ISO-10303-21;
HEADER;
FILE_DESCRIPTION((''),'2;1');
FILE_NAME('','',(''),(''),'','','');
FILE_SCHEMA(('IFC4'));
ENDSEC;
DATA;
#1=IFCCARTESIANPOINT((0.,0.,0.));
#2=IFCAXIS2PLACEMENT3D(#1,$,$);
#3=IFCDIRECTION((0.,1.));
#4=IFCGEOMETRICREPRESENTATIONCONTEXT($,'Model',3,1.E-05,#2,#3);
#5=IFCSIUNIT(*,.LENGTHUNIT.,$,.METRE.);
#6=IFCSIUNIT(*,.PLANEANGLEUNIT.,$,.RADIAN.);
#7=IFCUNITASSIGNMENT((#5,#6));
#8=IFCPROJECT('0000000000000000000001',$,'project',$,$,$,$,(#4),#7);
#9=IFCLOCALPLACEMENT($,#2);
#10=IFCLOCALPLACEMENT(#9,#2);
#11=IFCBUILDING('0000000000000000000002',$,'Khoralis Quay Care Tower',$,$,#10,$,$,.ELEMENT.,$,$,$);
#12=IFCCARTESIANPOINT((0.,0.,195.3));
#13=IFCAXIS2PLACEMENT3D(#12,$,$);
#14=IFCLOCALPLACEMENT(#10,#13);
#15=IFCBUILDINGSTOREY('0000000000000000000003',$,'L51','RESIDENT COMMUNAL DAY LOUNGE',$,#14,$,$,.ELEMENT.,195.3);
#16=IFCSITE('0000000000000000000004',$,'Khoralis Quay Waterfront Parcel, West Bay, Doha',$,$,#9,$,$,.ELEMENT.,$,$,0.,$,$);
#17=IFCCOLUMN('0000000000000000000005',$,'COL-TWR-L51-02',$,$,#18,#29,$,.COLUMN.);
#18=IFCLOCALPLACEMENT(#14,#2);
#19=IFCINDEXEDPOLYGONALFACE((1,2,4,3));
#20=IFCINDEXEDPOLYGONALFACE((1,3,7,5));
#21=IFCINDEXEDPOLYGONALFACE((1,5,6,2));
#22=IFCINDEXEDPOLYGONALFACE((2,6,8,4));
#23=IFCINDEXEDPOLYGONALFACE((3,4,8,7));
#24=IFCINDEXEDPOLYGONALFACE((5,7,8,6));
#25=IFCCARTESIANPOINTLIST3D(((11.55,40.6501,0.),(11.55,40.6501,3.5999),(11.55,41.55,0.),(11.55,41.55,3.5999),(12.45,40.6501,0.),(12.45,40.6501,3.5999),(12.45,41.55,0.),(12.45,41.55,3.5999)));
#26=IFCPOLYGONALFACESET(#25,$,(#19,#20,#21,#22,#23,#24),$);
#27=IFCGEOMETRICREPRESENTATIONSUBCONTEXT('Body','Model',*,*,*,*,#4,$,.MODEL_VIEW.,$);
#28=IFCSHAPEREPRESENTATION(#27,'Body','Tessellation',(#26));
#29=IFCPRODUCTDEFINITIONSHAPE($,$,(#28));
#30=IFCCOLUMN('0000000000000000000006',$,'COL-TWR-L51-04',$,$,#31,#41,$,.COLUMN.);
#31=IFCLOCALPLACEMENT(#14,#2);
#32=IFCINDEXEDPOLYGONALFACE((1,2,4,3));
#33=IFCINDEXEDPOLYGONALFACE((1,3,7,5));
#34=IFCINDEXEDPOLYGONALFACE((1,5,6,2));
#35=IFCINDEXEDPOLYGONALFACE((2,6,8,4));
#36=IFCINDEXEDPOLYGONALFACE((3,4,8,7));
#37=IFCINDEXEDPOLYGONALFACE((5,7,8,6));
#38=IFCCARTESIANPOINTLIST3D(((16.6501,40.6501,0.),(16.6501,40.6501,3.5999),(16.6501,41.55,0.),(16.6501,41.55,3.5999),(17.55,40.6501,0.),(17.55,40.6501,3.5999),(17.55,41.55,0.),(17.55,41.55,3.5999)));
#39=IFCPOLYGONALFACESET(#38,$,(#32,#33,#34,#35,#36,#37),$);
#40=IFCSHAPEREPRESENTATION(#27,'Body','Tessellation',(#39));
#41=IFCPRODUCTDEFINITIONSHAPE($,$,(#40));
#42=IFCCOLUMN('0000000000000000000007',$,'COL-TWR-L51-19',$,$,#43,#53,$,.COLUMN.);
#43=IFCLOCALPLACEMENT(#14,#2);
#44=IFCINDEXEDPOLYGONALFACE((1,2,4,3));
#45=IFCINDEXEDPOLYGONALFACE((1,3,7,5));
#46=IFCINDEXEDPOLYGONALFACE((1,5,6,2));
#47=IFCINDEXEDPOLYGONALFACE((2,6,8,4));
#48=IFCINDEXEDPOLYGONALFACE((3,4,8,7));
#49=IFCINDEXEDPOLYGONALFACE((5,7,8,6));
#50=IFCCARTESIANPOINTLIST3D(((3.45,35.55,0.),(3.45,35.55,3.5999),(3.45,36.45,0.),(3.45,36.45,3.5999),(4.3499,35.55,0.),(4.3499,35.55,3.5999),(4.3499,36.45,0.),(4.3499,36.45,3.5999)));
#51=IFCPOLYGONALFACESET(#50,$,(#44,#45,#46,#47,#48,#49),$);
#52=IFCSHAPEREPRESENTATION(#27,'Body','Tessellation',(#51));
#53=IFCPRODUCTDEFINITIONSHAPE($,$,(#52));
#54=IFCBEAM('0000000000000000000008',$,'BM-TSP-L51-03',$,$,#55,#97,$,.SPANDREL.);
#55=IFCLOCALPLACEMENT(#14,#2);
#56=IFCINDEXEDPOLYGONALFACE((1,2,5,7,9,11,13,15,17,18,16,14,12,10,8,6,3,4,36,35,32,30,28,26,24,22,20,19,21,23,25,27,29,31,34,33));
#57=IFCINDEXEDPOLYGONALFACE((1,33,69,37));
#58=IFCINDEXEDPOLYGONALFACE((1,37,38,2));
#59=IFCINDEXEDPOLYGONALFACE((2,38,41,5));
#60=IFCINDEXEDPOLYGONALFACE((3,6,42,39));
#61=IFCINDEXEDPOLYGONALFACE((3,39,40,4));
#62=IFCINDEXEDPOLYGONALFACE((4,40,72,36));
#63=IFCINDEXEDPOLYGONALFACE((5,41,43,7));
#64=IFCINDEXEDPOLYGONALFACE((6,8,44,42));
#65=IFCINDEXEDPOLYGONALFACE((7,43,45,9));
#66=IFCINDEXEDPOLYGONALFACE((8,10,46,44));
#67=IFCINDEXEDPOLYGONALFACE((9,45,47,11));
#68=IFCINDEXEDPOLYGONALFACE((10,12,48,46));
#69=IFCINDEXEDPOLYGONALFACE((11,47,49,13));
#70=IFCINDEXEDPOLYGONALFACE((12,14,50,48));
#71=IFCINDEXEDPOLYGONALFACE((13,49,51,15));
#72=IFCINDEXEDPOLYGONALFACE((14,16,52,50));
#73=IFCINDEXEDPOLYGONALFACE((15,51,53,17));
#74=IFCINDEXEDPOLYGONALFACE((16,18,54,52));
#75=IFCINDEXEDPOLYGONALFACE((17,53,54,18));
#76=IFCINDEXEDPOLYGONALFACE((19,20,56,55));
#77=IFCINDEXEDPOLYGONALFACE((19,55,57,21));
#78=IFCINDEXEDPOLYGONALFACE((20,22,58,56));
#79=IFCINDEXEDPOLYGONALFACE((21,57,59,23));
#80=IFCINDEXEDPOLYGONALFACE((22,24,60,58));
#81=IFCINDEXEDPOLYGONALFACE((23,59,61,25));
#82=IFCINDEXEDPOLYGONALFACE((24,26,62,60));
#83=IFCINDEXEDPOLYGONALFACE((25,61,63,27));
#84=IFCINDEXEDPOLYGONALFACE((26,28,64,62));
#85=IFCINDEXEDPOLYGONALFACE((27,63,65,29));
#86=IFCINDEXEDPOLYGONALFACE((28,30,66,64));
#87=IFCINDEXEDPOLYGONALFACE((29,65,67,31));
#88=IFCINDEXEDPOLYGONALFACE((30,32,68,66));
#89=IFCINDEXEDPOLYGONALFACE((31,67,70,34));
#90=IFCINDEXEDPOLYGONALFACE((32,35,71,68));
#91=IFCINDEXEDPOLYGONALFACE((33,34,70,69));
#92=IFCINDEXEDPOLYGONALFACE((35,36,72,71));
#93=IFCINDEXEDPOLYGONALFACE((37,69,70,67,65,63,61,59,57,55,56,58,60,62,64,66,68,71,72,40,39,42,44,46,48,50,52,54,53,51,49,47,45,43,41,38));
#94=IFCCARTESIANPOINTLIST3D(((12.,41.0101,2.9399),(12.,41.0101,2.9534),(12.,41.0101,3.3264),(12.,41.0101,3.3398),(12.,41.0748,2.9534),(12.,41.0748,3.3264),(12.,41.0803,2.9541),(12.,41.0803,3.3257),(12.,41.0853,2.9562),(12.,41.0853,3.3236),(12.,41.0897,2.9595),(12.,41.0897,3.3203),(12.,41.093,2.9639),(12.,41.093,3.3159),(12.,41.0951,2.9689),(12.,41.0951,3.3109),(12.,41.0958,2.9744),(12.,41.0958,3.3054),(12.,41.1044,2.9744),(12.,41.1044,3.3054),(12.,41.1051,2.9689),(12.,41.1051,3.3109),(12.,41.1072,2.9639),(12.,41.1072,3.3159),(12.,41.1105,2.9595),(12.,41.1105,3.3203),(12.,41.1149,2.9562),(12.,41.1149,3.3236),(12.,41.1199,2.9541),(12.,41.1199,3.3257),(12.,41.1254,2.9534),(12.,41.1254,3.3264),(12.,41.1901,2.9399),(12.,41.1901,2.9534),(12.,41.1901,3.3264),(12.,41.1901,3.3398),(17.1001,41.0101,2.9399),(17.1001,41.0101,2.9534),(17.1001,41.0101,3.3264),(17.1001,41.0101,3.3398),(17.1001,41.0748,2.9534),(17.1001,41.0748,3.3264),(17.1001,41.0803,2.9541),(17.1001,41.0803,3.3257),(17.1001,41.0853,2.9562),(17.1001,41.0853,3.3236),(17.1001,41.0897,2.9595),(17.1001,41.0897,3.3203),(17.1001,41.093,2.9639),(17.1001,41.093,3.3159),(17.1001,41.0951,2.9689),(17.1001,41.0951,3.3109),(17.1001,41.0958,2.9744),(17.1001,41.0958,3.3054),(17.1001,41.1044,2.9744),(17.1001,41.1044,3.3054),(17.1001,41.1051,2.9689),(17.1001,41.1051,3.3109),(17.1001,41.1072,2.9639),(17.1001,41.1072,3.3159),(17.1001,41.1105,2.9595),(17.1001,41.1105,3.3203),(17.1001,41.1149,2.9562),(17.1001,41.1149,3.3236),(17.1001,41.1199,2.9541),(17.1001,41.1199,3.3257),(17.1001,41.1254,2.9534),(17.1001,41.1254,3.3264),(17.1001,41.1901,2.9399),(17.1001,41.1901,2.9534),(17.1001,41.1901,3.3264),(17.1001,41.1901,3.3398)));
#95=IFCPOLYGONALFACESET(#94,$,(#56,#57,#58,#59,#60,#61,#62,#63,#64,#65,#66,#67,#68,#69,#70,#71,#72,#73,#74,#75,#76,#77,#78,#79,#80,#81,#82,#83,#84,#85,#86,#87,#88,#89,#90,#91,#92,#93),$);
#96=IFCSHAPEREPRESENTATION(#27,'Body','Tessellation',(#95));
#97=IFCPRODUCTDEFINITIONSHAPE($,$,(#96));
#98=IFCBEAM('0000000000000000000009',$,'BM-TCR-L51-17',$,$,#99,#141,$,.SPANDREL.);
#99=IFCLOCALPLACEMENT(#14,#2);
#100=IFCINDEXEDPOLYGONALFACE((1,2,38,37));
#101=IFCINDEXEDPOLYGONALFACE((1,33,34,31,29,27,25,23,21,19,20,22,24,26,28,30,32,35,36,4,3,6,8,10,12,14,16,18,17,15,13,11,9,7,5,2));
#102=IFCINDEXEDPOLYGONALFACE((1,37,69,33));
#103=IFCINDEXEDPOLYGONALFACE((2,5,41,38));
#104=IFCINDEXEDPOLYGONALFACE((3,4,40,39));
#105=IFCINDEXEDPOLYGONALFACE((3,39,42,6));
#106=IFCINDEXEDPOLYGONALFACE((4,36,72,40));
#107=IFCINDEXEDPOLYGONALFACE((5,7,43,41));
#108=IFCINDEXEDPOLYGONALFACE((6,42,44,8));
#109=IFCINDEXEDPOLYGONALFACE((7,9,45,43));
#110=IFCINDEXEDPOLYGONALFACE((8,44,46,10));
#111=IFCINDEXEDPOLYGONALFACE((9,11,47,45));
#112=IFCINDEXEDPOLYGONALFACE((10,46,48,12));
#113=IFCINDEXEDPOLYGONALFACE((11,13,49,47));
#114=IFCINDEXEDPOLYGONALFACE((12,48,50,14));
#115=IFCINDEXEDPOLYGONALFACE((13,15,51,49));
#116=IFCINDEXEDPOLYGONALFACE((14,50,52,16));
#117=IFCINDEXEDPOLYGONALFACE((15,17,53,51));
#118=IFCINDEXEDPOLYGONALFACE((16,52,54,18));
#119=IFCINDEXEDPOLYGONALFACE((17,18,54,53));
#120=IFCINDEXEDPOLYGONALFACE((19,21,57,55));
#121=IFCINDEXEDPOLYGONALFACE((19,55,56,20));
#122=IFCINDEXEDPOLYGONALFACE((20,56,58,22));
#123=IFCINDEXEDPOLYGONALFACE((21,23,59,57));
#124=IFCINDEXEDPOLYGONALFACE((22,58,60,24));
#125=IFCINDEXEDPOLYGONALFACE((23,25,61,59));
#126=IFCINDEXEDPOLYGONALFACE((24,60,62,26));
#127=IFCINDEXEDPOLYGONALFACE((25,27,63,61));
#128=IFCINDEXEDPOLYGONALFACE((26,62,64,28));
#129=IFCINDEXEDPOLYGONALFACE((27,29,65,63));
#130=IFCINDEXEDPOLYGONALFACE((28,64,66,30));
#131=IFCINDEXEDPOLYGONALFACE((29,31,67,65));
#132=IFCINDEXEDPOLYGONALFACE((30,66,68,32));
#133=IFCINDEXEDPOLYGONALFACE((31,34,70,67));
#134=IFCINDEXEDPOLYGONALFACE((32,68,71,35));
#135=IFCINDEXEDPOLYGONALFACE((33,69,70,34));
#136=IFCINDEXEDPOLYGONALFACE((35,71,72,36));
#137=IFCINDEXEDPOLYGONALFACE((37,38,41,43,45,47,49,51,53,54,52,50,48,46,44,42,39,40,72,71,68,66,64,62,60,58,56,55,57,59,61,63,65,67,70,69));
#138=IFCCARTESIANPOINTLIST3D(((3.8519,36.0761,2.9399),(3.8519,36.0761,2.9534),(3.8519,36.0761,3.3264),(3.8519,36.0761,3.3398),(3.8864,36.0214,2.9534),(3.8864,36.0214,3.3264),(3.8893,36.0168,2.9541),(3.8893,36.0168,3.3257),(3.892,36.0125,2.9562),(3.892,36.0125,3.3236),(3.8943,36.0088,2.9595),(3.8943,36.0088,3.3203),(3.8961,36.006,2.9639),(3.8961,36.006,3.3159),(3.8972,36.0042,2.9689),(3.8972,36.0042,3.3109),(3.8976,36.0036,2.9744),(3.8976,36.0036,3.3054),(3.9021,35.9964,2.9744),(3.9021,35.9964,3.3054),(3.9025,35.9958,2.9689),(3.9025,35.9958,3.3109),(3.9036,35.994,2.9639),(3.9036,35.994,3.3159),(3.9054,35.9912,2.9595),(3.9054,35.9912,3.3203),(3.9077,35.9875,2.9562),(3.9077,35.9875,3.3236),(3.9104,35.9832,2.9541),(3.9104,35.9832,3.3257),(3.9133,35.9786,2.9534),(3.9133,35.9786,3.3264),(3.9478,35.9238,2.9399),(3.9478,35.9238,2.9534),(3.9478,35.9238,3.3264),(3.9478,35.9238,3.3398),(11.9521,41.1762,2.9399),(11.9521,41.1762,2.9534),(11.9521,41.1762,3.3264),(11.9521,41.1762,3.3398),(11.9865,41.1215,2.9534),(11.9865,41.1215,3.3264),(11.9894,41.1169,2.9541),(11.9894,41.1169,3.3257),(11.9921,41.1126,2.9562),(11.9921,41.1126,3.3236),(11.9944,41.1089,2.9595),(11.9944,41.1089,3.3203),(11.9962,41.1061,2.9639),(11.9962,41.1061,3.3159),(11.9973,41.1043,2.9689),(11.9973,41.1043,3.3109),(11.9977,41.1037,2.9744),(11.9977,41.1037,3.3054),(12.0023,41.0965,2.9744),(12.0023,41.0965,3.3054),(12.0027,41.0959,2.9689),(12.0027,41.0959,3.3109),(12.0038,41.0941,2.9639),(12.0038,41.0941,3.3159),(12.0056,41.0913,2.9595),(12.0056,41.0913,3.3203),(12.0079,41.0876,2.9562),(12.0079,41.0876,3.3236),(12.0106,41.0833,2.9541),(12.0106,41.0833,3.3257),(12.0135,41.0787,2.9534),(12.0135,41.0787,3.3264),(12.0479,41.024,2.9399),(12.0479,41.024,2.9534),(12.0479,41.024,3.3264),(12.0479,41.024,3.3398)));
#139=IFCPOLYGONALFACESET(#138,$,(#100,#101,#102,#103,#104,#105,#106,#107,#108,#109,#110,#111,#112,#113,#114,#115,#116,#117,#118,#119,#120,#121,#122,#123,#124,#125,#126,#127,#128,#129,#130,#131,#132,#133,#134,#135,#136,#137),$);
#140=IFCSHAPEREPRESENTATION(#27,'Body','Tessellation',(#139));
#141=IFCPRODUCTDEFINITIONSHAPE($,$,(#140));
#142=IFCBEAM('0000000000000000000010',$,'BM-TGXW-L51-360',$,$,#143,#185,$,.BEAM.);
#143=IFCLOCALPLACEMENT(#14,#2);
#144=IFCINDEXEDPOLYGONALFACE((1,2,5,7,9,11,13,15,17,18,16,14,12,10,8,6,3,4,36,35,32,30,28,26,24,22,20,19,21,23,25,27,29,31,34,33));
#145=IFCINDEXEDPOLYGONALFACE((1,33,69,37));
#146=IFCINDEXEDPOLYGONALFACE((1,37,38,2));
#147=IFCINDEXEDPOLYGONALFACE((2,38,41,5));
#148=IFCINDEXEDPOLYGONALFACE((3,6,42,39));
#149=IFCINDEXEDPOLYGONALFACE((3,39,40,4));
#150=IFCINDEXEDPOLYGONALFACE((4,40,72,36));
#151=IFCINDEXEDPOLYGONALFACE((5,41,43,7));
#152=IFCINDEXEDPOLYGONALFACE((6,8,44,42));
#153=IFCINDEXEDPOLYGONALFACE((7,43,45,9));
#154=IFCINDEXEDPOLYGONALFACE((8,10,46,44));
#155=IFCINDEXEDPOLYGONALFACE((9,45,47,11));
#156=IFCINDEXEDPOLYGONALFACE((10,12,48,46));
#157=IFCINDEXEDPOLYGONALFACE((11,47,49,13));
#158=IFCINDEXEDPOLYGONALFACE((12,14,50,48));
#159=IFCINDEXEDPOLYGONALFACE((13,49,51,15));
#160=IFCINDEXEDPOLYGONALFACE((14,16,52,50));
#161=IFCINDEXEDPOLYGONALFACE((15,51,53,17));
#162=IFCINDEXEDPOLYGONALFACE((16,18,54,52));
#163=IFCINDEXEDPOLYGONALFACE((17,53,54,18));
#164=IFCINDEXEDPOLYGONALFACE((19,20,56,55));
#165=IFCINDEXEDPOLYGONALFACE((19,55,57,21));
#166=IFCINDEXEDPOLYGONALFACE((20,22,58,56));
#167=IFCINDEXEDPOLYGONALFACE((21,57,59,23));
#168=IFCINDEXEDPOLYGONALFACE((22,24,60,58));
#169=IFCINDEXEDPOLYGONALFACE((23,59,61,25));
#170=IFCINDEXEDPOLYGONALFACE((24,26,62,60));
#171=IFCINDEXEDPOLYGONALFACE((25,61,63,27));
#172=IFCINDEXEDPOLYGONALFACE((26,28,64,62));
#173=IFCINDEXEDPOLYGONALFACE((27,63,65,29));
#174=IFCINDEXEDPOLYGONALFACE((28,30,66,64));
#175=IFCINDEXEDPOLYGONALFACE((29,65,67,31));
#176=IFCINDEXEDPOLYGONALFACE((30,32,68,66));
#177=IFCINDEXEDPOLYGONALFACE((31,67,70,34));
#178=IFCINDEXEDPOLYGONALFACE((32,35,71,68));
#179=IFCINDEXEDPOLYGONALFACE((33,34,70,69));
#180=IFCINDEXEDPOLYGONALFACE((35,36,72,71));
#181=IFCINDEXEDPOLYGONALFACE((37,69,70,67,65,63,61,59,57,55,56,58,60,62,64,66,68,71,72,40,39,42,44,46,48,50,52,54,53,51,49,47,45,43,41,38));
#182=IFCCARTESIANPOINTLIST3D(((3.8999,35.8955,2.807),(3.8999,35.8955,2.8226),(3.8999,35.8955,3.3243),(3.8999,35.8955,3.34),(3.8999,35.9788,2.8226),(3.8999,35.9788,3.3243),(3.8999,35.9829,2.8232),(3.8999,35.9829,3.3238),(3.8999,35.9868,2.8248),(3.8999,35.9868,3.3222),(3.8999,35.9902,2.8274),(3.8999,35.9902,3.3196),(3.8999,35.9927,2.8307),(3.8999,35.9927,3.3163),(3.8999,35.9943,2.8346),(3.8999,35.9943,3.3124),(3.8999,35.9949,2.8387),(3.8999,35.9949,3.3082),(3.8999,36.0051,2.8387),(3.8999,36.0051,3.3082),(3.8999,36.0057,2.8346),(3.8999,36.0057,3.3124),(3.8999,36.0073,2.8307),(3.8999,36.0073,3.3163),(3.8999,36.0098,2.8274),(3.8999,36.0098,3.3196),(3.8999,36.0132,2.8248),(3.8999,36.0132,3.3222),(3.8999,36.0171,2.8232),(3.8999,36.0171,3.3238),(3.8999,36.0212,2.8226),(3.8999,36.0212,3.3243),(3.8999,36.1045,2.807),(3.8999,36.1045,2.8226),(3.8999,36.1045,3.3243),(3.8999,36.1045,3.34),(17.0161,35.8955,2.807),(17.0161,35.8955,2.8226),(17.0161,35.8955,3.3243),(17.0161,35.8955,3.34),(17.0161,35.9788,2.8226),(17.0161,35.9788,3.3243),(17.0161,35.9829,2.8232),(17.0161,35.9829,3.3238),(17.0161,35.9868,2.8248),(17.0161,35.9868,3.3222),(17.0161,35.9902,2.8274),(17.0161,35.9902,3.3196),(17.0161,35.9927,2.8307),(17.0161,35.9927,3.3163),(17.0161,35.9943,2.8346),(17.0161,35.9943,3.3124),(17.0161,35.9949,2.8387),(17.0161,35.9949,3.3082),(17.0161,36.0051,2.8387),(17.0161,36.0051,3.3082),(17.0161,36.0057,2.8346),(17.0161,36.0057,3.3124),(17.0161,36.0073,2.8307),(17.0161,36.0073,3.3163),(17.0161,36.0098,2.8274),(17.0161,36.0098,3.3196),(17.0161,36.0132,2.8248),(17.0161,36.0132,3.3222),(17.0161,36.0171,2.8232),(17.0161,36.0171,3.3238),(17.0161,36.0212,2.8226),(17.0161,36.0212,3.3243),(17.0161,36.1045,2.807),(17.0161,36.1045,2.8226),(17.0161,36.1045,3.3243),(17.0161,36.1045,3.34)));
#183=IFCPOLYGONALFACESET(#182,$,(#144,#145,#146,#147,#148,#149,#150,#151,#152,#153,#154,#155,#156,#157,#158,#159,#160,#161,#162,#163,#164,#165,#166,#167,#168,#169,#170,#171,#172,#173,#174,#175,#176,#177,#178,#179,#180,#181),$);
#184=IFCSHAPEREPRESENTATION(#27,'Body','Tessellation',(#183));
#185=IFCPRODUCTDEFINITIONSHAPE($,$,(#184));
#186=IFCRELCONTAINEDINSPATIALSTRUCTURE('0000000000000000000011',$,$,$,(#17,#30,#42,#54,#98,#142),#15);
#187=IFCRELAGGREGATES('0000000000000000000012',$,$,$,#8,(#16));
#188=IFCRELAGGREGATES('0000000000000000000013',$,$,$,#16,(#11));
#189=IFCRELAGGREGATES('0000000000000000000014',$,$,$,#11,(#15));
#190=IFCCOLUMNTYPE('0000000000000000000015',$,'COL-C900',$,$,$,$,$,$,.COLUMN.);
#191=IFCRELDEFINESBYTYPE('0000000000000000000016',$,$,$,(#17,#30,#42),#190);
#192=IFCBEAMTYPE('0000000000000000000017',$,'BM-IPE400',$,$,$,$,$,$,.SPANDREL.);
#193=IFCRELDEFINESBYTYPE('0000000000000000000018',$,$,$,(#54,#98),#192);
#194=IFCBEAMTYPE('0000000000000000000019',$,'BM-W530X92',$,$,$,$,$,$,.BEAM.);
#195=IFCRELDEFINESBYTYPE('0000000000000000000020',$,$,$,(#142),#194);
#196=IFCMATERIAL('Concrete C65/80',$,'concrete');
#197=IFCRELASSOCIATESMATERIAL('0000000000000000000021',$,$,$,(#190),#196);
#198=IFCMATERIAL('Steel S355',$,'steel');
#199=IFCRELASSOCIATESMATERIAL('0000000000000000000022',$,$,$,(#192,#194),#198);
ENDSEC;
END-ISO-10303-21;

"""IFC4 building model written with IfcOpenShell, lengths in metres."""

from ifc_helpers import new_model, si_unit, direction, frame, origin, origin_2d, place, context, subcontext, project, spatial, rectangle, i_section, extrude, source, transform, mapped, material, material_profile, profile_set, type_object, element, save


model = new_model("IFC4")

# Units and contexts
model_context = context("Model", 3, precision=1e-05, world=origin(), true_north=direction((0.0, 1.0)))
body_context = subcontext(model_context, "Body", "Model", "MODEL_VIEW")
ifc_project = project(units=[si_unit("LENGTHUNIT", "METRE"), si_unit("PLANEANGLEUNIT", "RADIAN")], contexts=[model_context])

# Site, building, storey
site_placement = place(None, origin())
site = spatial("IfcSite", under=ifc_project, at=site_placement, Name="Khoralis Quay Waterfront Parcel, West Bay, Doha", CompositionType="ELEMENT", RefElevation=0.0)
building_placement = place(site_placement, origin())
building = spatial("IfcBuilding", under=site, at=building_placement, Name="Khoralis Quay Care Tower", CompositionType="ELEMENT")
storey_placement = place(building_placement, frame((0.0, 0.0, 195.3)))
storey = spatial("IfcBuildingStorey", under=building, at=storey_placement, Name="L51", Description="RESIDENT COMMUNAL DAY LOUNGE", CompositionType="ELEMENT", Elevation=195.3)

# Columns
ifc_material_1 = material(Name="Concrete C65/80", Category="concrete")
ifc_material_profile_1 = material_profile(ifc_material_1, rectangle(XDim=0.8999, YDim=0.8999, at=origin_2d()), Name="Concrete C65/80")
ifc_profile_set_1 = profile_set([ifc_material_profile_1], Name="Concrete C65/80")
column_type = type_object("IfcColumnType", Name="COL-C900", PredefinedType="COLUMN", material=ifc_profile_set_1)
shared_shape_1 = source(origin(), body_context, "Body", "SweptSolid", [
    extrude(rectangle(XDim=0.8999, YDim=0.8999, at=origin_2d()), origin(), (0.0, 0.0, 1.0), 3.5999),
])
for number, where, z_axis, x_axis, name in (
    (1, (12.0, 41.1001, 0.0), (0.0, 0.0, 1.0), (1.0, 0.0, 0.0), "COL-TWR-L51-02"),
    (2, (17.1001, 41.1001, 0.0), (0.0, 0.0, 1.0), (1.0, 0.0, 0.0), "COL-TWR-L51-04"),
    (3, (3.8999, 36.0, 0.0), (0.0, 0.0, 1.0), (1.0, 0.0, 0.0), "COL-TWR-L51-19"),
):
    element("IfcColumn", number, at=place(storey_placement, frame(where, z_axis=z_axis, x_axis=x_axis)), inside=storey, type_object=column_type, Name=name, PredefinedType="COLUMN", context=body_context, shape_type="MappedRepresentation", body=[
        mapped(shared_shape_1, transform((0.0, 0.0, 0.0), scale=1.0)),
    ])

# Beams
ifc_material_2 = material(Name="Steel S355", Category="steel")
ifc_material_profile_2 = material_profile(ifc_material_2, i_section(OverallWidth=0.1799, OverallDepth=0.3999, WebThickness=0.0085, FlangeThickness=0.0134, FilletRadius=0.021, at=origin_2d()), Name="Steel S355")
ifc_profile_set_2 = profile_set([ifc_material_profile_2], Name="Steel S355")
beam_type_1 = type_object("IfcBeamType", Name="BM-IPE400", PredefinedType="SPANDREL", material=ifc_profile_set_2)
shared_shape_2 = source(origin(), body_context, "Body", "SweptSolid", [
    extrude(i_section(OverallWidth=0.1799, OverallDepth=0.3999, WebThickness=0.0085, FlangeThickness=0.0134, FilletRadius=0.021, at=origin_2d()), origin(), (0.0, 0.0, 1.0), 5.1001),
])
beam_1_placement = place(storey_placement, frame((12.0, 41.1001, 3.1399), z_axis=(1.0, 0.0, 0.0), x_axis=(0.0, 1.0, 0.0)))
element("IfcBeam", 4, at=beam_1_placement, inside=storey, type_object=beam_type_1, Name="BM-TSP-L51-03", PredefinedType="SPANDREL", context=body_context, shape_type="MappedRepresentation", body=[
    mapped(shared_shape_2, transform((0.0, 0.0, 0.0), scale=1.0)),
])
shared_shape_3 = source(origin(), body_context, "Body", "SweptSolid", [
    extrude(i_section(OverallWidth=0.1799, OverallDepth=0.3999, WebThickness=0.0085, FlangeThickness=0.0134, FilletRadius=0.021, at=origin_2d()), origin(), (0.0, 0.0, 1.0), 9.572),
])
beam_2_placement = place(storey_placement, frame((12.0, 41.1001, 3.1399), z_axis=(-0.846231, -0.532816, 0.0), x_axis=(0.532816, -0.846231, 0.0)))
element("IfcBeam", 5, at=beam_2_placement, inside=storey, type_object=beam_type_1, Name="BM-TCR-L51-17", PredefinedType="SPANDREL", context=body_context, shape_type="MappedRepresentation", body=[
    mapped(shared_shape_3, transform((0.0, 0.0, 0.0), scale=1.0)),
])
ifc_material_profile_3 = material_profile(ifc_material_2, i_section(OverallWidth=0.209, OverallDepth=0.533, WebThickness=0.0103, FlangeThickness=0.0156, FilletRadius=0.0161, at=origin_2d()), Name="Steel S355")
ifc_profile_set_3 = profile_set([ifc_material_profile_3], Name="Steel S355")
beam_type_2 = type_object("IfcBeamType", Name="BM-W530X92", PredefinedType="BEAM", material=ifc_profile_set_3)
shared_shape_4 = source(origin(), body_context, "Body", "SweptSolid", [
    extrude(i_section(OverallWidth=0.209, OverallDepth=0.533, WebThickness=0.0103, FlangeThickness=0.0156, FilletRadius=0.0161, at=origin_2d()), origin(), (0.0, 0.0, 1.0), 13.1162),
])
beam_3_placement = place(storey_placement, frame((3.8999, 36.0, 3.0735), z_axis=(1.0, 0.0, 0.0), x_axis=(0.0, 1.0, 0.0)))
element("IfcBeam", 6, at=beam_3_placement, inside=storey, type_object=beam_type_2, Name="BM-TGXW-L51-360", PredefinedType="BEAM", context=body_context, shape_type="MappedRepresentation", body=[
    mapped(shared_shape_4, transform((0.0, 0.0, 0.0), scale=1.0)),
])

save(model, "model.ifc")
